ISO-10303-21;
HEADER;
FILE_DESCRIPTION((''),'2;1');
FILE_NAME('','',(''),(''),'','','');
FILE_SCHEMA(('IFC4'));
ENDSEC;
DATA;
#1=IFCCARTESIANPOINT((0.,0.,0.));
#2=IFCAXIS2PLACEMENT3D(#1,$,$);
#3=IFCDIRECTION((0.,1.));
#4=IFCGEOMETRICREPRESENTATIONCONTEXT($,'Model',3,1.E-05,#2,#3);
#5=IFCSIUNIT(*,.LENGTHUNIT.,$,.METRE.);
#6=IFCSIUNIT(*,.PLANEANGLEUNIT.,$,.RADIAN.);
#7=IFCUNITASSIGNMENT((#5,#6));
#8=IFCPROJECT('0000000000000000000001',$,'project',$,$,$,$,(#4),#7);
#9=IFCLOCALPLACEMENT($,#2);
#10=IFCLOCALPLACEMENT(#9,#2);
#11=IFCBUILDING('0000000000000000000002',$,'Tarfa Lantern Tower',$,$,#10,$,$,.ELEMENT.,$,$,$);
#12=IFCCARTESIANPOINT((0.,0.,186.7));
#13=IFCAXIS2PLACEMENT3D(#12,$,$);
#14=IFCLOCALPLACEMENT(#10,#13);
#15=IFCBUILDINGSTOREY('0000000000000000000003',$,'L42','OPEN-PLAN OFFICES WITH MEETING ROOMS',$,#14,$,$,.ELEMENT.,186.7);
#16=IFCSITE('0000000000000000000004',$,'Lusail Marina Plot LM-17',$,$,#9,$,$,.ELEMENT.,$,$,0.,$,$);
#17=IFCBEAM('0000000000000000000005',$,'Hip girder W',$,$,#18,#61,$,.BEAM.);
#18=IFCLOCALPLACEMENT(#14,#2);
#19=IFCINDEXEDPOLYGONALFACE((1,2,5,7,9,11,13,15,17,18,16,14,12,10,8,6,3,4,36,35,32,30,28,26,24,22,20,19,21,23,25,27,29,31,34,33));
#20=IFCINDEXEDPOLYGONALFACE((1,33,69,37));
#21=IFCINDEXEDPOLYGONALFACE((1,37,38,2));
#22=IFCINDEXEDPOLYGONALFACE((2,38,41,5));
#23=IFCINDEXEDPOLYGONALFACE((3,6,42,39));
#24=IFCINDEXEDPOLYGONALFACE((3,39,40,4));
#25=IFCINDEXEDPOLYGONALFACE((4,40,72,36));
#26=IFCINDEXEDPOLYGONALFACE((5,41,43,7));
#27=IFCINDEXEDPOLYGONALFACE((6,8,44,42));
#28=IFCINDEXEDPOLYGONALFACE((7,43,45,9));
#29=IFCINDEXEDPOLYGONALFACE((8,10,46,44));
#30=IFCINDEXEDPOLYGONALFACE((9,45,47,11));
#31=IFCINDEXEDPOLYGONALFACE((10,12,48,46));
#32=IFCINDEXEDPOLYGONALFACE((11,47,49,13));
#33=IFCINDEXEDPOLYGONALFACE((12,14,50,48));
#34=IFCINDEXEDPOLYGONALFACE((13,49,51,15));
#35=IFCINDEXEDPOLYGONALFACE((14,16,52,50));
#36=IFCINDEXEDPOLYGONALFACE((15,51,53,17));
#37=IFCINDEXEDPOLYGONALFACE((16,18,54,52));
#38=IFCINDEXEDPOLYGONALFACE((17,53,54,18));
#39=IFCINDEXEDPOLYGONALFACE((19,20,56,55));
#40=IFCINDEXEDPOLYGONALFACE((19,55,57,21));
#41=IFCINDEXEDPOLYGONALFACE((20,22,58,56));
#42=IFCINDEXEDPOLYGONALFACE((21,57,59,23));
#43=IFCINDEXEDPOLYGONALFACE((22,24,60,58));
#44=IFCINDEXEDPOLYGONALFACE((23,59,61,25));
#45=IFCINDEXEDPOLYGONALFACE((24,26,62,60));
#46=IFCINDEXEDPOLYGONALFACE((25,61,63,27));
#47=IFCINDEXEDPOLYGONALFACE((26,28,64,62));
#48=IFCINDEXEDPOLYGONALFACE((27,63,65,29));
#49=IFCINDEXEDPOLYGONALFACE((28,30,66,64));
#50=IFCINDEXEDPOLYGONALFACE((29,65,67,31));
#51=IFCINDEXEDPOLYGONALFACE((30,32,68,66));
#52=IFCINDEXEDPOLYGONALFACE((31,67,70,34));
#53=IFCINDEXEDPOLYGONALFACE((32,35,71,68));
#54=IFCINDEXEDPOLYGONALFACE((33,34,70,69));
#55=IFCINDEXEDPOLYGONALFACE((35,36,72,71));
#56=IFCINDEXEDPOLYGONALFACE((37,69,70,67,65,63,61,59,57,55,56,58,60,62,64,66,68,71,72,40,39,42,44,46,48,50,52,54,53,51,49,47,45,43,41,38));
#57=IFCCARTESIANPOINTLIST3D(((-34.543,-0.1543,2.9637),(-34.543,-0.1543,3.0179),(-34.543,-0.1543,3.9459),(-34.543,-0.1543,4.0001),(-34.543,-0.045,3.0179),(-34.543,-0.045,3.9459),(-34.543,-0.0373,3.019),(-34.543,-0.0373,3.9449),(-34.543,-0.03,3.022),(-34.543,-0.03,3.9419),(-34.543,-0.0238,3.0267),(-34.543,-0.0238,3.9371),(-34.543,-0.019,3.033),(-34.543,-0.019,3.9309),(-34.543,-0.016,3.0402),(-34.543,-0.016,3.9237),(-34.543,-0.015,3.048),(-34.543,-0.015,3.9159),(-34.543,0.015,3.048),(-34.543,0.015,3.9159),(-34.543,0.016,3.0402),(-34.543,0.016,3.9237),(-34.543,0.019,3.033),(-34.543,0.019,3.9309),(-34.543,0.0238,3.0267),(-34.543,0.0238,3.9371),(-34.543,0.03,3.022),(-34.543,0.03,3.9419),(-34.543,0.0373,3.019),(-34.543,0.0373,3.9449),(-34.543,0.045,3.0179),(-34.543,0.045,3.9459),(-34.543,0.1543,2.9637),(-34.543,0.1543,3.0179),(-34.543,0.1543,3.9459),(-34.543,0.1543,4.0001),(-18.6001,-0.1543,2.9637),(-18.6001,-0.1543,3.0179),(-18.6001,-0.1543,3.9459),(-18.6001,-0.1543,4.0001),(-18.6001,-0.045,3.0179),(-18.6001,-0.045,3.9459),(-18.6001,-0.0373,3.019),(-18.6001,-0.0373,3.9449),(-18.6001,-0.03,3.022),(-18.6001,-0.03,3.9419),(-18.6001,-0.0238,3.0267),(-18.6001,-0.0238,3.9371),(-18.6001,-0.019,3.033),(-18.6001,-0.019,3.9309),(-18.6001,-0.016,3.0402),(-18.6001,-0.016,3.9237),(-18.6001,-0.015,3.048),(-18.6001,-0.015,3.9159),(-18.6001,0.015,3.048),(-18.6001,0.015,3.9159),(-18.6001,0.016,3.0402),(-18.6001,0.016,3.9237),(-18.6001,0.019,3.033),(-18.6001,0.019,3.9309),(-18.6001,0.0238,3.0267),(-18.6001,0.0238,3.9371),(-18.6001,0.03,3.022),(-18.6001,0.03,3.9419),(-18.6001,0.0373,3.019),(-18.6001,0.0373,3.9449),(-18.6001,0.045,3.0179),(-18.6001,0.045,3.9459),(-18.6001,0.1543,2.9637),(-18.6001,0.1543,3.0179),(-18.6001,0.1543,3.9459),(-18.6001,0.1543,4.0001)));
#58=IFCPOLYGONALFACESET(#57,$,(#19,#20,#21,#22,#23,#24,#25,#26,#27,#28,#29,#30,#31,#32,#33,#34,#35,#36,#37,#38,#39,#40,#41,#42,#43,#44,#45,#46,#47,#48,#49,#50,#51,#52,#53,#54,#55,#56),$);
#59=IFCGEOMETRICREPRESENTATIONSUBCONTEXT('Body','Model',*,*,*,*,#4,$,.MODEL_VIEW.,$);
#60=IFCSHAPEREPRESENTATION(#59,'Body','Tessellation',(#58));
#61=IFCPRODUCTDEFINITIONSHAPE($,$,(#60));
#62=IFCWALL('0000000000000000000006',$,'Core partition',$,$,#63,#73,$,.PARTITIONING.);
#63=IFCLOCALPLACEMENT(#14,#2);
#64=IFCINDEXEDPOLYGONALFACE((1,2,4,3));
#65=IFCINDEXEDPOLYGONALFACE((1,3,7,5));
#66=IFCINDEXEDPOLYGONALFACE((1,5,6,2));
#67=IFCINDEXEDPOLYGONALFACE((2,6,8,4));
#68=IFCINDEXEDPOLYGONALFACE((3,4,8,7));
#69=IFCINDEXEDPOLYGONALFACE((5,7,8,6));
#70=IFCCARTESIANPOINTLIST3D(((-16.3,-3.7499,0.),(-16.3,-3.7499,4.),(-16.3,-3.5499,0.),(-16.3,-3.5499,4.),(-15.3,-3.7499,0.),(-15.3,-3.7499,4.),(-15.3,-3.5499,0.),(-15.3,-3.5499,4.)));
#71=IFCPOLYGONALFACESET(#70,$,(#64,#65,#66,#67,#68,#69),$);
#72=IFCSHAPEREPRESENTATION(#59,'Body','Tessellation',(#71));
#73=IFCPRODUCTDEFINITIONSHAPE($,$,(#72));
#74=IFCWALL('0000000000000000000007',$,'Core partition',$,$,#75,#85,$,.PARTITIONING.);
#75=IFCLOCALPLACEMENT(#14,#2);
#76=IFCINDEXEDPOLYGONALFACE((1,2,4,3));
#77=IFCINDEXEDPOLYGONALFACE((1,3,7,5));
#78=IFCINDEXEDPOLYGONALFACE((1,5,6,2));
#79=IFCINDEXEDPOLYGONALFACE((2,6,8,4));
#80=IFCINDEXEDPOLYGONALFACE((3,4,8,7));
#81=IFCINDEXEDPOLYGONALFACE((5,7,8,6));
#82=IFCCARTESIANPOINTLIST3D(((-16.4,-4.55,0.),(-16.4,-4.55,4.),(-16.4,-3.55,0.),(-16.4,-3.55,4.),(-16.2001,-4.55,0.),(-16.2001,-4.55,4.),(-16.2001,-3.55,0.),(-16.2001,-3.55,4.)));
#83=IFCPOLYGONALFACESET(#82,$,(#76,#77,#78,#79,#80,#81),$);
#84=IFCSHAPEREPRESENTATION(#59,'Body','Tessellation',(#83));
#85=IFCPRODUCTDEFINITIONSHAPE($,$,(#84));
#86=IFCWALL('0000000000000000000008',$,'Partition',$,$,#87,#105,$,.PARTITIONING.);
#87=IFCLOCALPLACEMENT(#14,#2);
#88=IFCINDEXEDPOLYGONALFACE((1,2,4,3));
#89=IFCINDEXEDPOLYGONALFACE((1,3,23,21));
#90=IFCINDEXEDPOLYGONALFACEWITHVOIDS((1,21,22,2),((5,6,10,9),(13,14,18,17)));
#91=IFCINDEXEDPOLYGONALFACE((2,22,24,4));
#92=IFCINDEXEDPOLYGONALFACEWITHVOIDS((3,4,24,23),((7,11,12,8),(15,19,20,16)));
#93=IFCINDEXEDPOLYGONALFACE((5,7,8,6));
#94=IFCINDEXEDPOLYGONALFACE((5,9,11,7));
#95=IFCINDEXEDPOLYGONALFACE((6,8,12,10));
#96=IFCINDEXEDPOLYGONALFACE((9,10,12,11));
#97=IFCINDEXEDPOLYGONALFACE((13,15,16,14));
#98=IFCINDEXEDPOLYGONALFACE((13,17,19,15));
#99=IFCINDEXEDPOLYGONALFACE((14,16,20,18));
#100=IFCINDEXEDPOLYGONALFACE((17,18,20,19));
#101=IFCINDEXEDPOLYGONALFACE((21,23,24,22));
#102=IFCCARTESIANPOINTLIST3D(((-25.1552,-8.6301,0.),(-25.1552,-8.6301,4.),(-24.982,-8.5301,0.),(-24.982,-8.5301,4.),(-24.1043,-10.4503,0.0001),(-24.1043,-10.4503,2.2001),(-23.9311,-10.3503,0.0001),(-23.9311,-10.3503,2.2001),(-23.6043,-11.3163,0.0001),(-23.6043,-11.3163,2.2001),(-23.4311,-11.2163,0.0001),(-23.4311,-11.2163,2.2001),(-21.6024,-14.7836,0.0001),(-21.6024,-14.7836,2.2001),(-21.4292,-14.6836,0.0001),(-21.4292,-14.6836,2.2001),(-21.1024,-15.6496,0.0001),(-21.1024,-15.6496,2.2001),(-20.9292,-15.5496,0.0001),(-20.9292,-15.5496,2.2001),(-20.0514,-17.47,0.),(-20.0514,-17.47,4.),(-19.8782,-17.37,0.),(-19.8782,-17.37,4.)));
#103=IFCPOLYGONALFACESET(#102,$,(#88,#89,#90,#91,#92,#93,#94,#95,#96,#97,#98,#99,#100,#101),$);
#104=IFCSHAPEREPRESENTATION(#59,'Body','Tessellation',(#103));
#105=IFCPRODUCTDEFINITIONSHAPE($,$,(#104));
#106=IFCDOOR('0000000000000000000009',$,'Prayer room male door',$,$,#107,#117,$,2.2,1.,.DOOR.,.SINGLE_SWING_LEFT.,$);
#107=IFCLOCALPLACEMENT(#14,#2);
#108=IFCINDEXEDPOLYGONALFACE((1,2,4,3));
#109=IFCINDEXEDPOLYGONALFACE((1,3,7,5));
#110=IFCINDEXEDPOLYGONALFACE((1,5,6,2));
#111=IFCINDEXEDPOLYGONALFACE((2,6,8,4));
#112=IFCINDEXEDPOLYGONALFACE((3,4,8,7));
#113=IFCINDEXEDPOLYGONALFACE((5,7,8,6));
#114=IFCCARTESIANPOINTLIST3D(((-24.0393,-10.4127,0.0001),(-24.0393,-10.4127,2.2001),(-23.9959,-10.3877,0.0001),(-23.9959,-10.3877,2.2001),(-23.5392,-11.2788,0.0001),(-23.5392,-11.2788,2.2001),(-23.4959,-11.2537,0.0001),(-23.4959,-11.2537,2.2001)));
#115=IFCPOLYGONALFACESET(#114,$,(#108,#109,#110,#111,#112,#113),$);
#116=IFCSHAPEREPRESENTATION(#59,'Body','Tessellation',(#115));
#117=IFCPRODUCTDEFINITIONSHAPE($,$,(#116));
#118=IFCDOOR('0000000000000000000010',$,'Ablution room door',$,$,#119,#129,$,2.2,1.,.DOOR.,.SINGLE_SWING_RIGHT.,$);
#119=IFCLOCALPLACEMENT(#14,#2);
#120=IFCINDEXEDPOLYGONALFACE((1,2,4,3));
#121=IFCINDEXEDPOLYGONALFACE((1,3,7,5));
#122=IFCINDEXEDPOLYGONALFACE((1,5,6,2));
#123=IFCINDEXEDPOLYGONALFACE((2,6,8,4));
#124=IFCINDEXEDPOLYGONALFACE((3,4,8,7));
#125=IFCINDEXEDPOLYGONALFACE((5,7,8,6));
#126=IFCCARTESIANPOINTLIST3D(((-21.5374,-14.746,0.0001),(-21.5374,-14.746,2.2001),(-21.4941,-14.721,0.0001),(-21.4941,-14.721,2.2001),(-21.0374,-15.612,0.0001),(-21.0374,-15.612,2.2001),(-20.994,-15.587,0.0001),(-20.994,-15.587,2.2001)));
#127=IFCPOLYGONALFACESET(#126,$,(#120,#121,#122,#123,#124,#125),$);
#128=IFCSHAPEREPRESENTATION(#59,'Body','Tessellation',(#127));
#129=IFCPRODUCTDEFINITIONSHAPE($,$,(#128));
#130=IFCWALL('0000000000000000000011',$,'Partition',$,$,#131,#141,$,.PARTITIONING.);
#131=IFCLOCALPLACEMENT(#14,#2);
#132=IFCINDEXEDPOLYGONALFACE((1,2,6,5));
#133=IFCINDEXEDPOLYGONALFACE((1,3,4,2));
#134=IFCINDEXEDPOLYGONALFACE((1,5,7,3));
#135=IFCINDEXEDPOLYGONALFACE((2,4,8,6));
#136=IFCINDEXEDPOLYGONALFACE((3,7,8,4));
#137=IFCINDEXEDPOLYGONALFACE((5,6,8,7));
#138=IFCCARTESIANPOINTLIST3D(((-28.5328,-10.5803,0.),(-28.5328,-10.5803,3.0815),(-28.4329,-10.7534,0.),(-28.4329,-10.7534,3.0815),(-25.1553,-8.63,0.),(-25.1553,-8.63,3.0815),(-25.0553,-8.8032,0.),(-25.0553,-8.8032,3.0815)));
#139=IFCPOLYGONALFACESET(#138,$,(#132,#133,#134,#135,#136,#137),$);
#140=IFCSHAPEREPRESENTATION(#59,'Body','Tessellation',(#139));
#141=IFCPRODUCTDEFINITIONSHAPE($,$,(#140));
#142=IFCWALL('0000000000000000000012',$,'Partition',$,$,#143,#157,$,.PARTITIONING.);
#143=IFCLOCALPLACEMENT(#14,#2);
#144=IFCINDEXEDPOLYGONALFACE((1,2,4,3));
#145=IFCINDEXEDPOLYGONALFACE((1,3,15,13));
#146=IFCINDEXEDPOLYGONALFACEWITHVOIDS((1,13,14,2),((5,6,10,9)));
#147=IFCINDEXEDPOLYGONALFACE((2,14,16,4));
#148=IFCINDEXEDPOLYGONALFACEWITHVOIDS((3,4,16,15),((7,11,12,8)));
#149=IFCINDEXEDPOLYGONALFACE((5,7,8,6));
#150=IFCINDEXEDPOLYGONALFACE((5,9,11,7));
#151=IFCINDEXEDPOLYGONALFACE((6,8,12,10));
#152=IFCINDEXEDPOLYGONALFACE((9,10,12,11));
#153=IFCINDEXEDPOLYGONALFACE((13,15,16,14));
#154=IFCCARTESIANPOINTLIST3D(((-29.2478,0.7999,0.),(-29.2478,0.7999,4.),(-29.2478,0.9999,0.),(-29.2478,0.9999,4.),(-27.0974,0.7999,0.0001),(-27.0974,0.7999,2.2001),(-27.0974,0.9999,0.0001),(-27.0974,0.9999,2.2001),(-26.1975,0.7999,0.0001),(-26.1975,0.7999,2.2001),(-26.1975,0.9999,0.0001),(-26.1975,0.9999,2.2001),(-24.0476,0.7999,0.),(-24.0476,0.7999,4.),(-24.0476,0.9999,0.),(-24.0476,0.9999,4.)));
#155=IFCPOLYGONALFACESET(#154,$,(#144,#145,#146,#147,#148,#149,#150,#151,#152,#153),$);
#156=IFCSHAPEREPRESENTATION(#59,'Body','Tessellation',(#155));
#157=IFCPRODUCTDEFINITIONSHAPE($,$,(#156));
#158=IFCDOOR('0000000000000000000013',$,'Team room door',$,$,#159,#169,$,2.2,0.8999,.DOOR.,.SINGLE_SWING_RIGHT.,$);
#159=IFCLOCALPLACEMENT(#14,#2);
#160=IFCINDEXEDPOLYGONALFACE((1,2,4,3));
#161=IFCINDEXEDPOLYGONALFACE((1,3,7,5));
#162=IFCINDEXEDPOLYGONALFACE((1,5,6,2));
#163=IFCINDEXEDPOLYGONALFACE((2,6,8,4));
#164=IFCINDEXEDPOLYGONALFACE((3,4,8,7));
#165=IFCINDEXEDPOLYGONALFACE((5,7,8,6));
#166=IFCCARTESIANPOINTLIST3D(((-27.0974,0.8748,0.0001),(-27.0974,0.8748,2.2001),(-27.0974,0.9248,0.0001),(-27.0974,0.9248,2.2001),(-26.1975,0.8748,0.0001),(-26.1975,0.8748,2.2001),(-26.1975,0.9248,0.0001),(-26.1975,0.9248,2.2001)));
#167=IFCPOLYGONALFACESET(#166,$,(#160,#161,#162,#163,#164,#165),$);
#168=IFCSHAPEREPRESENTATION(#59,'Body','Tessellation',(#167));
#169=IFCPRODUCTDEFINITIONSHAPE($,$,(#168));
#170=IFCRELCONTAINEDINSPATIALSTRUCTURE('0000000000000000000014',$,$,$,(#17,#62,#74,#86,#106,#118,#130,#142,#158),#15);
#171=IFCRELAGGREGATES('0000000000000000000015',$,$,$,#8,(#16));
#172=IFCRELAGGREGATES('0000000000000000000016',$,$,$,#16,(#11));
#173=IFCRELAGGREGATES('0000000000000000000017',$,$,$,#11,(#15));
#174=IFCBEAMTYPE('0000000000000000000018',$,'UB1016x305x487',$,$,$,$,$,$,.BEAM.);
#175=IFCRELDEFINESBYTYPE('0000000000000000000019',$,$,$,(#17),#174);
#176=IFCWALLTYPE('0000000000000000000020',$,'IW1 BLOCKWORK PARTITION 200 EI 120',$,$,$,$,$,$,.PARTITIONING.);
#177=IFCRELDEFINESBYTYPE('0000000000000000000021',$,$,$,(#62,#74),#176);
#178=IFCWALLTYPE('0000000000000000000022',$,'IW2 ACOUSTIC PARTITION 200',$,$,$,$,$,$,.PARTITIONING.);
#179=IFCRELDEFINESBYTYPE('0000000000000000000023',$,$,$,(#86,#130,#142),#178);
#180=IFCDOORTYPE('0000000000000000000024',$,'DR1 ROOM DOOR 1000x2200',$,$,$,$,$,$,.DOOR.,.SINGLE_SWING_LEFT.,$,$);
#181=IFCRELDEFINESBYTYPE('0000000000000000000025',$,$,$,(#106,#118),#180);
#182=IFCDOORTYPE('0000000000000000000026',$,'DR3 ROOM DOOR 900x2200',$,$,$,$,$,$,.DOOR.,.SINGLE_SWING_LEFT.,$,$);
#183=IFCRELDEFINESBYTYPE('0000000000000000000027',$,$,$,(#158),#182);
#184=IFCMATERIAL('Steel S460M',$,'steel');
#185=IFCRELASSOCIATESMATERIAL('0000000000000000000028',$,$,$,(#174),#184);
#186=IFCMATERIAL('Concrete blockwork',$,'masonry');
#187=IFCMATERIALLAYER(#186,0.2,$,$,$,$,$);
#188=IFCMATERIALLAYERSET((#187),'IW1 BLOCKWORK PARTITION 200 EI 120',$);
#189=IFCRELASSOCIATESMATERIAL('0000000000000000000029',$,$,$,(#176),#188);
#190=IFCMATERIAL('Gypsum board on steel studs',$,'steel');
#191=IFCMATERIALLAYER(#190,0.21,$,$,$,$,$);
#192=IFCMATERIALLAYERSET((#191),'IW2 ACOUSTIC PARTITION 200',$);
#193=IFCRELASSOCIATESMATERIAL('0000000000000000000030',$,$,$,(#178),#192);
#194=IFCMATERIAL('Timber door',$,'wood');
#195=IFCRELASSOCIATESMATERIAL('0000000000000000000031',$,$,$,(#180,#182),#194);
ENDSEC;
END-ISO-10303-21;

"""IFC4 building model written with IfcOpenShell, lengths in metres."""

from ifc_helpers import new_model, si_unit, direction, frame, frame_2d, origin, origin_2d, place, context, subcontext, project, spatial, rectangle, i_section, extrude, material, layer, layer_set, material_profile, profile_set, type_object, element, fill, save


model = new_model("IFC4")

# Units and contexts
model_context = context("Model", 3, precision=1e-05, world=origin(), true_north=direction((0.0, 1.0)))
body_context = subcontext(model_context, "Body", "Model", "MODEL_VIEW")
ifc_project = project(units=[si_unit("LENGTHUNIT", "METRE"), si_unit("PLANEANGLEUNIT", "RADIAN")], contexts=[model_context])

# Site, building, storey
site_placement = place(None, origin())
site = spatial("IfcSite", under=ifc_project, at=site_placement, Name="Lusail Marina Plot LM-17", CompositionType="ELEMENT", RefElevation=0.0)
building_placement = place(site_placement, origin())
building = spatial("IfcBuilding", under=site, at=building_placement, Name="Tarfa Lantern Tower", CompositionType="ELEMENT")
storey_placement = place(building_placement, frame((0.0, 0.0, 186.7)))
storey = spatial("IfcBuildingStorey", under=building, at=storey_placement, Name="L42", Description="OPEN-PLAN OFFICES WITH MEETING ROOMS", CompositionType="ELEMENT", Elevation=186.7)

# Beam
ifc_material_1 = material(Name="Steel S460M", Category="steel")
ifc_material_profile = material_profile(ifc_material_1, i_section(OverallWidth=0.3086, OverallDepth=1.0364, WebThickness=0.03, FlangeThickness=0.0542, FilletRadius=0.03, at=origin_2d()), Name="UB1016x305x487")
ifc_profile_set = profile_set([ifc_material_profile], Name="Steel S460M")
beam_type = type_object("IfcBeamType", Name="UB1016x305x487", PredefinedType="BEAM", material=ifc_profile_set)
beam_placement = place(storey_placement, frame((-18.6001, 0.0, 3.4819), z_axis=(-1.0, 0.0, 0.0), x_axis=(0.0, -1.0, 0.0)))
element("IfcBeam", 1, at=beam_placement, inside=storey, type_object=beam_type, Name="Hip girder W", PredefinedType="BEAM", context=body_context, shape_type="SweptSolid", body=[
    extrude(i_section(OverallWidth=0.3086, OverallDepth=1.0364, WebThickness=0.03, FlangeThickness=0.0542, FilletRadius=0.03, at=origin_2d()), origin(), (0.0, 0.0, 1.0), 15.9429),
])

# Walls
ifc_material_2 = material(Name="Concrete blockwork", Category="masonry")
ifc_layer_1 = layer(ifc_material_2, 0.2)
ifc_layer_set_1 = layer_set([ifc_layer_1], Name="IW1 BLOCKWORK PARTITION 200 EI 120")
wall_type_1 = type_object("IfcWallType", Name="IW1 BLOCKWORK PARTITION 200 EI 120", PredefinedType="PARTITIONING", material=ifc_layer_set_1)
for number, where, z_axis, x_axis, name in (
    (2, (-15.3, -3.6499, 0.0), (0.0, 0.0, 1.0), (-1.0, 0.0, 0.0), "Core partition"),
    (3, (-16.3, -3.55, 0.0), (0.0, 0.0, 1.0), (0.0, -1.0, 0.0), "Core partition"),
):
    element("IfcWall", number, at=place(storey_placement, frame(where, z_axis=z_axis, x_axis=x_axis)), inside=storey, type_object=wall_type_1, Name=name, PredefinedType="PARTITIONING", context=body_context, shape_type="SweptSolid", body=[
        extrude(rectangle(XDim=1.0, YDim=0.2, at=frame_2d((0.5, 0.0))), origin(), (0.0, 0.0, 1.0), 4.0),
    ])

# Wall, openings, doors
ifc_material_3 = material(Name="Gypsum board on steel studs", Category="steel")
ifc_layer_2 = layer(ifc_material_3, 0.21)
ifc_layer_set_2 = layer_set([ifc_layer_2], Name="IW2 ACOUSTIC PARTITION 200")
wall_type_2 = type_object("IfcWallType", Name="IW2 ACOUSTIC PARTITION 200", PredefinedType="PARTITIONING", material=ifc_layer_set_2)
wall_1_placement = place(storey_placement, frame((-25.0686, -8.5801, 0.0), z_axis=(0.0, 0.0, 1.0), x_axis=(0.500005, -0.866022, 0.0)))
wall_1 = element("IfcWall", 4, at=wall_1_placement, inside=storey, type_object=wall_type_2, Name="Partition", PredefinedType="PARTITIONING", context=body_context, shape_type="SweptSolid", body=[
    extrude(rectangle(XDim=10.2075, YDim=0.2, at=frame_2d((5.1038, 0.0))), origin(), (0.0, 0.0, 1.0), 4.0),
])
opening_1_placement = place(wall_1_placement, frame((2.1018, 0.0, 0.0)))
opening_1 = element("IfcOpeningElement", 5, at=opening_1_placement, cuts=wall_1, PredefinedType="OPENING", context=body_context, shape_type="SweptSolid", body=[
    extrude(rectangle(XDim=1.0, YDim=2.2, at=frame_2d((0.5, 1.1001))), frame((0.0, 0.1099, 0.0), z_axis=(0.0, -1.0, 0.0), x_axis=(1.0, 0.0, 0.0)), (0.0, 0.0, 1.0), 0.22),
])
opening_2_placement = place(wall_1_placement, frame((7.1055, 0.0, 0.0)))
opening_2 = element("IfcOpeningElement", 6, at=opening_2_placement, cuts=wall_1, PredefinedType="OPENING", context=body_context, shape_type="SweptSolid", body=[
    extrude(rectangle(XDim=1.0, YDim=2.2, at=frame_2d((0.5, 1.1001))), frame((0.0, 0.1099, 0.0), z_axis=(0.0, -1.0, 0.0), x_axis=(1.0, 0.0, 0.0)), (0.0, 0.0, 1.0), 0.22),
])
ifc_material_4 = material(Name="Timber door", Category="wood")
door_type_1 = type_object("IfcDoorType", Name="DR1 ROOM DOOR 1000x2200", OperationType="SINGLE_SWING_LEFT", PredefinedType="DOOR", material=ifc_material_4)
door_1_placement = place(opening_1_placement, frame((1.0, 0.0, 0.0), z_axis=(0.0, 0.0, 1.0), x_axis=(-1.0, 0.0, 0.0)))
door_1 = element("IfcDoor", 7, at=door_1_placement, inside=storey, type_object=door_type_1, Name="Prayer room male door", OperationType="SINGLE_SWING_LEFT", OverallHeight=2.2, OverallWidth=1.0, PredefinedType="DOOR", context=body_context, shape_type="SweptSolid", body=[
    extrude(rectangle(XDim=1.0, YDim=2.2, at=frame_2d((0.5, 1.1001))), frame((0.0, 0.0249, 0.0), z_axis=(0.0, -1.0, 0.0), x_axis=(1.0, 0.0, 0.0)), (0.0, 0.0, 1.0), 0.05),
])
fill(opening_1, door_1)
door_2_placement = place(opening_2_placement, frame((1.0, 0.0, 0.0), z_axis=(0.0, 0.0, 1.0), x_axis=(-1.0, 0.0, 0.0)))
door_2 = element("IfcDoor", 8, at=door_2_placement, inside=storey, type_object=door_type_1, Name="Ablution room door", OperationType="SINGLE_SWING_RIGHT", OverallHeight=2.2, OverallWidth=1.0, PredefinedType="DOOR", context=body_context, shape_type="SweptSolid", body=[
    extrude(rectangle(XDim=1.0, YDim=2.2, at=frame_2d((0.5, 1.1001))), frame((0.0, 0.0249, 0.0), z_axis=(0.0, -1.0, 0.0), x_axis=(1.0, 0.0, 0.0)), (0.0, 0.0, 1.0), 0.05),
])
fill(opening_2, door_2)

# Wall
wall_2_placement = place(storey_placement, frame((-25.1052, -8.7166, 0.0), z_axis=(0.0, 0.0, 1.0), x_axis=(-0.866, -0.500044, 0.0)))
element("IfcWall", 9, at=wall_2_placement, inside=storey, type_object=wall_type_2, Name="Partition", PredefinedType="PARTITIONING", context=body_context, shape_type="SweptSolid", body=[
    extrude(rectangle(XDim=3.9001, YDim=0.2, at=frame_2d((1.9502, 0.0))), origin(), (0.0, 0.0, 1.0), 3.0815),
])

# Wall, opening, door
wall_3_placement = place(storey_placement, frame((-24.0476, 0.8999, 0.0), z_axis=(0.0, 0.0, 1.0), x_axis=(-1.0, 0.0, 0.0)))
wall_3 = element("IfcWall", 10, at=wall_3_placement, inside=storey, type_object=wall_type_2, Name="Partition", PredefinedType="PARTITIONING", context=body_context, shape_type="SweptSolid", body=[
    extrude(rectangle(XDim=5.2002, YDim=0.2, at=frame_2d((2.6001, 0.0))), origin(), (0.0, 0.0, 1.0), 4.0),
])
opening_3_placement = place(wall_3_placement, frame((2.1499, 0.0, 0.0)))
opening_3 = element("IfcOpeningElement", 11, at=opening_3_placement, cuts=wall_3, PredefinedType="OPENING", context=body_context, shape_type="SweptSolid", body=[
    extrude(rectangle(XDim=0.8999, YDim=2.2, at=frame_2d((0.45, 1.1001))), frame((0.0, 0.1099, 0.0), z_axis=(0.0, -1.0, 0.0), x_axis=(1.0, 0.0, 0.0)), (0.0, 0.0, 1.0), 0.22),
])
door_type_2 = type_object("IfcDoorType", Name="DR3 ROOM DOOR 900x2200", OperationType="SINGLE_SWING_LEFT", PredefinedType="DOOR", material=ifc_material_4)
door_3_placement = place(opening_3_placement, frame((0.8999, 0.0, 0.0), z_axis=(0.0, 0.0, 1.0), x_axis=(-1.0, 0.0, 0.0)))
door_3 = element("IfcDoor", 12, at=door_3_placement, inside=storey, type_object=door_type_2, Name="Team room door", OperationType="SINGLE_SWING_RIGHT", OverallHeight=2.2, OverallWidth=0.8999, PredefinedType="DOOR", context=body_context, shape_type="SweptSolid", body=[
    extrude(rectangle(XDim=0.8999, YDim=2.2, at=frame_2d((0.45, 1.1001))), frame((0.0, 0.0249, 0.0), z_axis=(0.0, -1.0, 0.0), x_axis=(1.0, 0.0, 0.0)), (0.0, 0.0, 1.0), 0.05),
])
fill(opening_3, door_3)

save(model, "model.ifc")
